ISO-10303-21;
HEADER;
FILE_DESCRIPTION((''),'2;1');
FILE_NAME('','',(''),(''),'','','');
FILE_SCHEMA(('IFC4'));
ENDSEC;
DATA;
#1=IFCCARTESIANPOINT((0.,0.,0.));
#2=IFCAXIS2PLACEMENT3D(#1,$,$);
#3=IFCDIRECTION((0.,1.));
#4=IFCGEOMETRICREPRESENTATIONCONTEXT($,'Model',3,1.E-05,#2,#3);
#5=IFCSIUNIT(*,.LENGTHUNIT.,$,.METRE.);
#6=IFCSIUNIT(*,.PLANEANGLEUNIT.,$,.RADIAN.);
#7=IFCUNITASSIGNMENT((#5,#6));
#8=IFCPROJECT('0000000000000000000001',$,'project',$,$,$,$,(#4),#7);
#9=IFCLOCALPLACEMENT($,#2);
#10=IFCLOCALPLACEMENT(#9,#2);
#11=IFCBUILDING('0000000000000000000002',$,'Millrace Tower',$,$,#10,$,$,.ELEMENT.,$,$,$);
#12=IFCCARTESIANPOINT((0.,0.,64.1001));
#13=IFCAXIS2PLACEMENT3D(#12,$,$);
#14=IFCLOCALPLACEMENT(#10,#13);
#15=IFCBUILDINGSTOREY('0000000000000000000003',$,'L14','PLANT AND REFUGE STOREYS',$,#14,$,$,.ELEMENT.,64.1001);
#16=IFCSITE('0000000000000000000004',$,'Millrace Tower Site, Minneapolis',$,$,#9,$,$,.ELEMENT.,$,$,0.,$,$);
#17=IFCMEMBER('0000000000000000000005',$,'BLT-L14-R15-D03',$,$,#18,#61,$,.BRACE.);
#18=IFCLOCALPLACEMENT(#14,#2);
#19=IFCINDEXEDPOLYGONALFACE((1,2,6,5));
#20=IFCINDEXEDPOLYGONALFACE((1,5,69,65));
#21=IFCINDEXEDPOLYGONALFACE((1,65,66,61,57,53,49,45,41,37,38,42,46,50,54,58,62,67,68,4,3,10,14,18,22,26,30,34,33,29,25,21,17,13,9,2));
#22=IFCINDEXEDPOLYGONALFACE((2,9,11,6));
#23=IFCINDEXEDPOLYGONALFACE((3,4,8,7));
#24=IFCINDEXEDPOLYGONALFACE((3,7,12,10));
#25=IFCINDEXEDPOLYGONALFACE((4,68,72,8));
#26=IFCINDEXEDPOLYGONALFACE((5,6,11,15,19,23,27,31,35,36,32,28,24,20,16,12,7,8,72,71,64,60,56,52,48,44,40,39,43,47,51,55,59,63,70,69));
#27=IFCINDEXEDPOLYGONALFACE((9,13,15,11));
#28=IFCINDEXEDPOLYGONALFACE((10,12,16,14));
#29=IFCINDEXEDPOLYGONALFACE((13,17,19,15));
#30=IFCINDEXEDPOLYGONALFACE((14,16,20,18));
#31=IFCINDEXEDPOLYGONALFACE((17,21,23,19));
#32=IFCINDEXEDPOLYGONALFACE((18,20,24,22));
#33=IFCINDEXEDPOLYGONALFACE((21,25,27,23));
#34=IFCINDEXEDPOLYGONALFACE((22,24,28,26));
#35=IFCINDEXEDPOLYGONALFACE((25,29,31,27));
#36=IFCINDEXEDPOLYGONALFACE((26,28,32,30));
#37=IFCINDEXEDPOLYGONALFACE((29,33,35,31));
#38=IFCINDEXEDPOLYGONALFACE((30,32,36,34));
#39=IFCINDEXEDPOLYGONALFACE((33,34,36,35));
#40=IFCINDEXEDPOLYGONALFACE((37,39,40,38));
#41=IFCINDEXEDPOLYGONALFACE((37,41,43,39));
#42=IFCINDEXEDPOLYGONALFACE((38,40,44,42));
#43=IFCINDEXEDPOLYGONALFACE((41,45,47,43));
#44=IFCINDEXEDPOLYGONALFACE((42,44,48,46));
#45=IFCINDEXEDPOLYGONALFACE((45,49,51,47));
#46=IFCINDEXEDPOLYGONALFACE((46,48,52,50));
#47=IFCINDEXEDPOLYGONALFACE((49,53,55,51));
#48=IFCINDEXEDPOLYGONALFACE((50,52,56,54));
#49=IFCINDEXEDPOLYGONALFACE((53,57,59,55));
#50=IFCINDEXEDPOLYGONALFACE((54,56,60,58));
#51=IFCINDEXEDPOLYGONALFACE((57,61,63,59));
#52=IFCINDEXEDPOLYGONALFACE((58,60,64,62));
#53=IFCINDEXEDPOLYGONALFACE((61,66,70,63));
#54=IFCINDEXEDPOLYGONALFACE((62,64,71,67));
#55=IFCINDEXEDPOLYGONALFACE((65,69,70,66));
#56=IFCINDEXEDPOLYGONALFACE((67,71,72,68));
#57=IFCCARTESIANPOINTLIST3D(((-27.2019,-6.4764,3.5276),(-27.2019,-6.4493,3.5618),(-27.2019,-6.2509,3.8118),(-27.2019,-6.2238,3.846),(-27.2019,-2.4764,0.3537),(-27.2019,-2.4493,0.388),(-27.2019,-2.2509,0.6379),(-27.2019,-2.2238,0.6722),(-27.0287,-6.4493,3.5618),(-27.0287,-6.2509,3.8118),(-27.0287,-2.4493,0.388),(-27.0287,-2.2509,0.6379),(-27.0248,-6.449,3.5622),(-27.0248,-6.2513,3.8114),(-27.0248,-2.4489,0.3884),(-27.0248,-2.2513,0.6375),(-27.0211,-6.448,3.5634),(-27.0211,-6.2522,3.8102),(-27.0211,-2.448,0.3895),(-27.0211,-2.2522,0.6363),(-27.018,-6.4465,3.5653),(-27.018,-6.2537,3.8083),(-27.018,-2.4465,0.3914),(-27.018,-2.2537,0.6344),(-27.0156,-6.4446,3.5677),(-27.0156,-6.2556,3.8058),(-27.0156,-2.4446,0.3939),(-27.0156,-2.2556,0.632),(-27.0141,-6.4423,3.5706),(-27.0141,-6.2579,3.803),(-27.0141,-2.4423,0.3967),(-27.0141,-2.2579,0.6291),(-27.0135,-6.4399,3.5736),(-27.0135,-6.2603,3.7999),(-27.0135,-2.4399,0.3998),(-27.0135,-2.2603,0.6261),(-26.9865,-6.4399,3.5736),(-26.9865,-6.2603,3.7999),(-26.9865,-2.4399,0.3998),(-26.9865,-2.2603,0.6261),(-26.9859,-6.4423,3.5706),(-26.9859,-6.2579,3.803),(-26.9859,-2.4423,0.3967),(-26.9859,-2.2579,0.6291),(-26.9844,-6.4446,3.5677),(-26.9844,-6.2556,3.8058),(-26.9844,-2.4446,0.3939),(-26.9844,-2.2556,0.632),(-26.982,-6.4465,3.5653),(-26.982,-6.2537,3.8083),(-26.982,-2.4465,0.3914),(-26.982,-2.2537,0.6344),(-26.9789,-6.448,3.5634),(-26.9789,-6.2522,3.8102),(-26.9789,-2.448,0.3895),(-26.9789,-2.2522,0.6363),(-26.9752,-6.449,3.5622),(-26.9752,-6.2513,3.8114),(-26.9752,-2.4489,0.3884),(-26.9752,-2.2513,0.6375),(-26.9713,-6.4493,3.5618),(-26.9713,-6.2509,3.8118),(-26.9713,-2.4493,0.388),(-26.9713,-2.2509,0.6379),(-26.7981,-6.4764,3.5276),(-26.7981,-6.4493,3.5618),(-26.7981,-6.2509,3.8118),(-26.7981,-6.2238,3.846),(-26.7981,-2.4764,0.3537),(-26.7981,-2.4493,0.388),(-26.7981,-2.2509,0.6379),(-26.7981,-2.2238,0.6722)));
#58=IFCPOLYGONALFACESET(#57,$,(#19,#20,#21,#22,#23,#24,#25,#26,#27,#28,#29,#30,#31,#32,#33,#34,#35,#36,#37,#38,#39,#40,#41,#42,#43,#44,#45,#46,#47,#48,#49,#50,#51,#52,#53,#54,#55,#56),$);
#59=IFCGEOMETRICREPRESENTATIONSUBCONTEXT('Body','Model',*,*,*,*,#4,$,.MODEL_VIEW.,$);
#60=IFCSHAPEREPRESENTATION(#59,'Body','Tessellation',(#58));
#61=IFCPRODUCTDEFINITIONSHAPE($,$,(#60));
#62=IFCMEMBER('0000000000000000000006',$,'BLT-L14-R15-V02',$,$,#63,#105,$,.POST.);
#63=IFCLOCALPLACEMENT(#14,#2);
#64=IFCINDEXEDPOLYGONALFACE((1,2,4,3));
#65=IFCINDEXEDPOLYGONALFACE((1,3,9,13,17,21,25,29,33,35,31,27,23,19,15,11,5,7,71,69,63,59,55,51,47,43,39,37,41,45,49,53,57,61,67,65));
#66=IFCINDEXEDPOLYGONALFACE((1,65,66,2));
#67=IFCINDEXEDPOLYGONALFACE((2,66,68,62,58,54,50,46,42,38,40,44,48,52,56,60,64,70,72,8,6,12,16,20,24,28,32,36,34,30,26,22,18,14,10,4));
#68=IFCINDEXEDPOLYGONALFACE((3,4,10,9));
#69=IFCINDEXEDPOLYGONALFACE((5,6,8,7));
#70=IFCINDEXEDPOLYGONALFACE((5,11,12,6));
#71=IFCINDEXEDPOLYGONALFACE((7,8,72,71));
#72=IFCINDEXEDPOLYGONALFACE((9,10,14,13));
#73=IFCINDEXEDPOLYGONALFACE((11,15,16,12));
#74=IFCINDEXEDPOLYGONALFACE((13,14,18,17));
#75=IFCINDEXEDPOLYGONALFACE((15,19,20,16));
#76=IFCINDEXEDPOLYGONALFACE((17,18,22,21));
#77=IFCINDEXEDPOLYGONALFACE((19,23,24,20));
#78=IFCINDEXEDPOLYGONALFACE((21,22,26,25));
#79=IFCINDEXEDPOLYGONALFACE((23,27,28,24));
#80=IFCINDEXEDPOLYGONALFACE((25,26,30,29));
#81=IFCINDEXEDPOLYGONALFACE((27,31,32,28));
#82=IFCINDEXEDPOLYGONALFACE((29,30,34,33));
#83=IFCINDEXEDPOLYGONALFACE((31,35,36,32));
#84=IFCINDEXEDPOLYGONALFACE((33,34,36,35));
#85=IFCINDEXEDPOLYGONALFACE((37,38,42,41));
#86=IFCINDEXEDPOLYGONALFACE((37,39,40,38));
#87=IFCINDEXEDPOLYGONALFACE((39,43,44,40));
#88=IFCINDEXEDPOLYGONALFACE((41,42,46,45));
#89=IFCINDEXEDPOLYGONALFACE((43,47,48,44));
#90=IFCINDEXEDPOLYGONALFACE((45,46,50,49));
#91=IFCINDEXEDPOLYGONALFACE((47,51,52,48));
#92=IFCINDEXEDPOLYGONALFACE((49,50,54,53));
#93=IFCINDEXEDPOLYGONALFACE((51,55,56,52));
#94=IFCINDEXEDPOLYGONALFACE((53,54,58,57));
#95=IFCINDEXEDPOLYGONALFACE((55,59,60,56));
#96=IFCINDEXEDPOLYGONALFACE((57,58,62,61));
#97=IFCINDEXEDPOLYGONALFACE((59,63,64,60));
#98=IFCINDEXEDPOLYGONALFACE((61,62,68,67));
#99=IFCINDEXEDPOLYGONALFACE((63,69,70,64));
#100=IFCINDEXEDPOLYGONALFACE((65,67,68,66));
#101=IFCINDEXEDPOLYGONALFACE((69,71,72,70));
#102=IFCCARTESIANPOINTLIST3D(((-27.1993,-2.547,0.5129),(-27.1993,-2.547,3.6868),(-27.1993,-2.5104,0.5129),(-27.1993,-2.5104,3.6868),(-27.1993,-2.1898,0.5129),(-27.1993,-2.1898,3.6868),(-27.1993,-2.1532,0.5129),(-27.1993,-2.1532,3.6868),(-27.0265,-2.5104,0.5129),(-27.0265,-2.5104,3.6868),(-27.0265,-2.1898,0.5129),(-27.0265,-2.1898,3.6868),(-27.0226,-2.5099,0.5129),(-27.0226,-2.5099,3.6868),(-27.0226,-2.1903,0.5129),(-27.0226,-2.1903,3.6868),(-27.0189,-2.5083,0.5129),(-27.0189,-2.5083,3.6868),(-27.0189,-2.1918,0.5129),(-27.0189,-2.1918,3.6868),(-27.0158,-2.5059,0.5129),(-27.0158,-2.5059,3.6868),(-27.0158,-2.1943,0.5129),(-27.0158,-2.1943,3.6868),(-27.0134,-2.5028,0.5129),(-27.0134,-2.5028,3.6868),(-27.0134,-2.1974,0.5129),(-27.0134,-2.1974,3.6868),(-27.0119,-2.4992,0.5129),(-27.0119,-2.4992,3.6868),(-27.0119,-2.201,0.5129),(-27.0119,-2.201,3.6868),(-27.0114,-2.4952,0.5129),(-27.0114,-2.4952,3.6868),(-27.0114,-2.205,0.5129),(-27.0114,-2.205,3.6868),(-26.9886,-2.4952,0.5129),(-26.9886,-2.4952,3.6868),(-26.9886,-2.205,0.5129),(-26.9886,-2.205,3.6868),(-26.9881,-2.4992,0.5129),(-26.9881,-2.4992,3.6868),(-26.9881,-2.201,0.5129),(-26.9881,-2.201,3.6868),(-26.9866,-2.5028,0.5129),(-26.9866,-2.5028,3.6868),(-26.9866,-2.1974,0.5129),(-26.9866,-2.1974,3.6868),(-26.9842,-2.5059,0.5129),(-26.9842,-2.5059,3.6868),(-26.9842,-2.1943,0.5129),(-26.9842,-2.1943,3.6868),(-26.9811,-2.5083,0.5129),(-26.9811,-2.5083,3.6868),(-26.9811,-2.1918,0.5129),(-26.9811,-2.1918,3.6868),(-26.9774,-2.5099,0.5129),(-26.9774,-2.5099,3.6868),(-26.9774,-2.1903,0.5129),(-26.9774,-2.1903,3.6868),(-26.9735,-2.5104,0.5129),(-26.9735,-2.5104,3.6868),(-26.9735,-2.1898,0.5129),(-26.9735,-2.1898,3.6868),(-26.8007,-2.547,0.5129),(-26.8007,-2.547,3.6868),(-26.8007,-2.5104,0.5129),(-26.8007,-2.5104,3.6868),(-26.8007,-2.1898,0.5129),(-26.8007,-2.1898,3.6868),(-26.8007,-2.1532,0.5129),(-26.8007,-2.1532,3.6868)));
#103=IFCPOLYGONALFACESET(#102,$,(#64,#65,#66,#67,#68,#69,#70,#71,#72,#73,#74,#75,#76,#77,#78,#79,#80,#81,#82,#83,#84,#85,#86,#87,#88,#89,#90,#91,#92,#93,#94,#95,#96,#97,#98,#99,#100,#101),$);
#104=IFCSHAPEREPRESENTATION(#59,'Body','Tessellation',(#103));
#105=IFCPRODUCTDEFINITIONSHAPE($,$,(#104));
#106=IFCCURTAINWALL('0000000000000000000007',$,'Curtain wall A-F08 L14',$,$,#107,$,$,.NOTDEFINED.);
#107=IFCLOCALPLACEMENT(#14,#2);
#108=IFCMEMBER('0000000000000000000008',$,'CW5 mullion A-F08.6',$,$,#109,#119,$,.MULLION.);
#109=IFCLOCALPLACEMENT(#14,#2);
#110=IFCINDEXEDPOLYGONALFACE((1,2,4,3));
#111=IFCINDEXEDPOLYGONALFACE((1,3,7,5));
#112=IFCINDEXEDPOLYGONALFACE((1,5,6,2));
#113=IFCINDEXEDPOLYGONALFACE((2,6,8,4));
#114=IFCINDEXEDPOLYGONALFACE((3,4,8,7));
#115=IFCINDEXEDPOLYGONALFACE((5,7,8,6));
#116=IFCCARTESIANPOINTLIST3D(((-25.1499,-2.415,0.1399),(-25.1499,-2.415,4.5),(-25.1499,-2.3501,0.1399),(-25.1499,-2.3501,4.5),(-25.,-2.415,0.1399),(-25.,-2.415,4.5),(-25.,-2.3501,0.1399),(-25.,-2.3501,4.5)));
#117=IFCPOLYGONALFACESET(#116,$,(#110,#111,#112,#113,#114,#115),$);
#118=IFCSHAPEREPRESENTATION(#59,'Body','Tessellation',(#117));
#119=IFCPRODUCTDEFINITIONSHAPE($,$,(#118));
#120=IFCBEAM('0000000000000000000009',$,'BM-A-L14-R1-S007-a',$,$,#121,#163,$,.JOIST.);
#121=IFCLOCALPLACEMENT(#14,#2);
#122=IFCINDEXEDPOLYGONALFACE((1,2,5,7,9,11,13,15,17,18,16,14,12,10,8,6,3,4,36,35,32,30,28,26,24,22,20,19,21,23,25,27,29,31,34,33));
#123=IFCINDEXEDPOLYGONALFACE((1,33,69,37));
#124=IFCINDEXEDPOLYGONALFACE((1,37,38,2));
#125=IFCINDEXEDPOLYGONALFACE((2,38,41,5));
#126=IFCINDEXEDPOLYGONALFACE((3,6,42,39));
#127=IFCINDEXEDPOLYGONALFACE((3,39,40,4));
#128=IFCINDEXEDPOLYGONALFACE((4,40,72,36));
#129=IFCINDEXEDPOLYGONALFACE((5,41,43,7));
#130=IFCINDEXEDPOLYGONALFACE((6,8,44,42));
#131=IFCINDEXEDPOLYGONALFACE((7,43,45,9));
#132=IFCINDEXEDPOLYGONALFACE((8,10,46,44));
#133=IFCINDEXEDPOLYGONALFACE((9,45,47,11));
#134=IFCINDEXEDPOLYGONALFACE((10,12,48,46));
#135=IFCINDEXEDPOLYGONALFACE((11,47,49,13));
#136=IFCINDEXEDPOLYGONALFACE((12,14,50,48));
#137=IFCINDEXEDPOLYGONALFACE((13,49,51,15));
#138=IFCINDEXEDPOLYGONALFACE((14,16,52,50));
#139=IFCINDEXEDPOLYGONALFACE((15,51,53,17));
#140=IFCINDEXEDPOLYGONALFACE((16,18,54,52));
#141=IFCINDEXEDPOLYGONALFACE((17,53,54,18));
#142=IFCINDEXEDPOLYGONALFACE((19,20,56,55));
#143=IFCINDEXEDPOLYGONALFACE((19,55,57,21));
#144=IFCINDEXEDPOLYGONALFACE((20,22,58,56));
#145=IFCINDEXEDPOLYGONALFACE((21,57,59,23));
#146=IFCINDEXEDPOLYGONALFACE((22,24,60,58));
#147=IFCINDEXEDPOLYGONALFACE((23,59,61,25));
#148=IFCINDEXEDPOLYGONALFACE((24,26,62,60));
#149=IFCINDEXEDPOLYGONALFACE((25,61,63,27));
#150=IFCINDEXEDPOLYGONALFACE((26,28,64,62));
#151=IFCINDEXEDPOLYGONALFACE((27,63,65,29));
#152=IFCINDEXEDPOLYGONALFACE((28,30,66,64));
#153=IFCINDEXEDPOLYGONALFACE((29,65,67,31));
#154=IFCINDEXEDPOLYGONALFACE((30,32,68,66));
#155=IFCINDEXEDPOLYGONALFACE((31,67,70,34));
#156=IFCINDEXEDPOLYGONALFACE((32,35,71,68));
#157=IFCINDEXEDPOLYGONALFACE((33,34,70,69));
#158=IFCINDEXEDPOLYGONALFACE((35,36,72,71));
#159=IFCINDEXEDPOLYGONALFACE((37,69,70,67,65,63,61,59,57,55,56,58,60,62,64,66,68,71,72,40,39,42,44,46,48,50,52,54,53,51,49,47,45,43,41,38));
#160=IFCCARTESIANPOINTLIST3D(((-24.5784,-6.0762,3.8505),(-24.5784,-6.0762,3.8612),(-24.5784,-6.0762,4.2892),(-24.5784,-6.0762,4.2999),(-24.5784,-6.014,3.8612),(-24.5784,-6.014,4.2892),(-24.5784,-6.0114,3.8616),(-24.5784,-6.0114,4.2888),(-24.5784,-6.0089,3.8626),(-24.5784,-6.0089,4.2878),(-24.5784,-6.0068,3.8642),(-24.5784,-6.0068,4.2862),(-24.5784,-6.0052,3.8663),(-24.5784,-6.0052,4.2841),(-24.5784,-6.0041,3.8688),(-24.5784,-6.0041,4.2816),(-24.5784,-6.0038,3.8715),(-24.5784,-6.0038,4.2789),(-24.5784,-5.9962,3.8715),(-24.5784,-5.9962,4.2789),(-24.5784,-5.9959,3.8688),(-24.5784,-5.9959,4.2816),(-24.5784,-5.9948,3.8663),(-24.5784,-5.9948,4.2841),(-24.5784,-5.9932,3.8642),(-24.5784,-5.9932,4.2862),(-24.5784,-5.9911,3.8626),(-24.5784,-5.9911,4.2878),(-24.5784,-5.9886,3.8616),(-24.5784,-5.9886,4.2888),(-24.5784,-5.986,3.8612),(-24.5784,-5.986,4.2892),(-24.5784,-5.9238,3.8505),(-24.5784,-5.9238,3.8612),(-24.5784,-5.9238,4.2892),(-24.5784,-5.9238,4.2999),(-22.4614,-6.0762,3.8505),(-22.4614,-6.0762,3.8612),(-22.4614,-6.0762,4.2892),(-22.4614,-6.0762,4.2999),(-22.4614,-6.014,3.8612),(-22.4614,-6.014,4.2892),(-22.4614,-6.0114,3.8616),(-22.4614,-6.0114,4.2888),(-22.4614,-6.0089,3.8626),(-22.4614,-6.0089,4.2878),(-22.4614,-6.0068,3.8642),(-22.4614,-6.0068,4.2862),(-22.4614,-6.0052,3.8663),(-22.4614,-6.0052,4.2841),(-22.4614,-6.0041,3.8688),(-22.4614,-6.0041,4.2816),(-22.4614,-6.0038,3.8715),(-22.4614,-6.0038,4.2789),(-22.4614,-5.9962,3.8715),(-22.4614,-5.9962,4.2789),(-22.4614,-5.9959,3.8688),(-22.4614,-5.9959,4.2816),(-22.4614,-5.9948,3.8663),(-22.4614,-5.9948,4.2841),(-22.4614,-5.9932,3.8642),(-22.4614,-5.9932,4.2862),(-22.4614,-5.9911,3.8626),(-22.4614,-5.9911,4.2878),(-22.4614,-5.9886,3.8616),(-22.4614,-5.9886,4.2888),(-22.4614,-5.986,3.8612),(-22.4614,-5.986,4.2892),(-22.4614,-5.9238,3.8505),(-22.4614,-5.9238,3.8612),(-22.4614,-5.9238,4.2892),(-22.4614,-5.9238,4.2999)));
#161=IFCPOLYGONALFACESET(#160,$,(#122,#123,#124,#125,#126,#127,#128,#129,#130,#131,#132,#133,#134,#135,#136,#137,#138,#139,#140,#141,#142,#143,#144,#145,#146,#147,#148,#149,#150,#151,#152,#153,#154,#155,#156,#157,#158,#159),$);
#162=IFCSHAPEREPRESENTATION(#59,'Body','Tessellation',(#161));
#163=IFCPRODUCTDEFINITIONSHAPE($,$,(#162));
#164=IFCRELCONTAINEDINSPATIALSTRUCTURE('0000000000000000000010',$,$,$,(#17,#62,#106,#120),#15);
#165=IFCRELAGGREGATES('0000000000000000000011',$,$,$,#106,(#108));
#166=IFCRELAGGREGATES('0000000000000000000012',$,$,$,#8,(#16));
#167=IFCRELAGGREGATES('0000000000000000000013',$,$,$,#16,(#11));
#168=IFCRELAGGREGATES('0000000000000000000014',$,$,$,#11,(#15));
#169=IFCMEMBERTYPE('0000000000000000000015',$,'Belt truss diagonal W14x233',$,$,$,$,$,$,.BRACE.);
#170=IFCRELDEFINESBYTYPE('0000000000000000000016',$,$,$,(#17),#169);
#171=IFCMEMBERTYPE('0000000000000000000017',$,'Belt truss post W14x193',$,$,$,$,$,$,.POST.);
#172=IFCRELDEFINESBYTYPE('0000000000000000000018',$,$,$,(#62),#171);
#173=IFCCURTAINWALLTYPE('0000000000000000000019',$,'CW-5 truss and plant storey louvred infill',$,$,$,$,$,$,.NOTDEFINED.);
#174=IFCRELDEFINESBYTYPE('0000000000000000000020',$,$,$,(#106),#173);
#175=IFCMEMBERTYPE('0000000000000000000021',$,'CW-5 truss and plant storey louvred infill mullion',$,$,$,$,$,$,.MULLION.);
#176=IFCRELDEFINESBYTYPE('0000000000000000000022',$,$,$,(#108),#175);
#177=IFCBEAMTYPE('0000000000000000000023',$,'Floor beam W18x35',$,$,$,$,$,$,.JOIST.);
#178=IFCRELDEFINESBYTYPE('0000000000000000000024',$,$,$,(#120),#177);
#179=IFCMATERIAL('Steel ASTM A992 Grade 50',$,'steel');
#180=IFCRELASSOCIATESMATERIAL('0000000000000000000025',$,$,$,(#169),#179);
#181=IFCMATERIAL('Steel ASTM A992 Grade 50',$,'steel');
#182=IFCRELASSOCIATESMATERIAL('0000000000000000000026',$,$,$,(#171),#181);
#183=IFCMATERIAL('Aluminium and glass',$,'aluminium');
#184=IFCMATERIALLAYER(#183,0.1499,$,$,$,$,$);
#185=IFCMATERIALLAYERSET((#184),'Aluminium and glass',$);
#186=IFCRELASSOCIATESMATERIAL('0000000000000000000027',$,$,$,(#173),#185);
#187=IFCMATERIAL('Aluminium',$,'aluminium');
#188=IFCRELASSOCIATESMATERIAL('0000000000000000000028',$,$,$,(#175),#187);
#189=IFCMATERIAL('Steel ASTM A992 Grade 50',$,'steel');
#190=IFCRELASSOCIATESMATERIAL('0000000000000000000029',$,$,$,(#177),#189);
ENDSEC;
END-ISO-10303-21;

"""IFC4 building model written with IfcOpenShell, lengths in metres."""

from ifc_helpers import new_model, si_unit, direction, frame, origin, origin_2d, place, context, subcontext, project, spatial, rectangle, i_section, extrude, material, layer, layer_set, material_profile, profile_set, type_object, element, aggregate, save


model = new_model("IFC4")

# Units and contexts
model_context = context("Model", 3, precision=1e-05, world=origin(), true_north=direction((0.0, 1.0)))
body_context = subcontext(model_context, "Body", "Model", "MODEL_VIEW")
ifc_project = project(units=[si_unit("LENGTHUNIT", "METRE"), si_unit("PLANEANGLEUNIT", "RADIAN")], contexts=[model_context])

# Site, building, storey
site_placement = place(None, origin())
site = spatial("IfcSite", under=ifc_project, at=site_placement, Name="Millrace Tower Site, Minneapolis", CompositionType="ELEMENT", RefElevation=0.0)
building_placement = place(site_placement, origin())
building = spatial("IfcBuilding", under=site, at=building_placement, Name="Millrace Tower", CompositionType="ELEMENT")
storey_placement = place(building_placement, frame((0.0, 0.0, 64.1001)))
storey = spatial("IfcBuildingStorey", under=building, at=storey_placement, Name="L14", Description="PLANT AND REFUGE STOREYS", CompositionType="ELEMENT", Elevation=64.1001)

# Members
ifc_material_1 = material(Name="Steel ASTM A992 Grade 50", Category="steel")
ifc_material_profile_1 = material_profile(ifc_material_1, i_section(OverallWidth=0.4038, OverallDepth=0.4065, WebThickness=0.0271, FlangeThickness=0.0437, FilletRadius=0.0151, at=origin_2d()))
ifc_profile_set_1 = profile_set([ifc_material_profile_1], Name="Steel ASTM A992 Grade 50")
member_type_1 = type_object("IfcMemberType", Name="Belt truss diagonal W14x233", PredefinedType="BRACE", material=ifc_profile_set_1)
member_1_placement = place(storey_placement, frame((-27.0, -2.3501, 0.5129), z_axis=(0.0, -0.783363, 0.621565), x_axis=(1.0, 0.0, 0.0)))
element("IfcMember", 1, at=member_1_placement, inside=storey, type_object=member_type_1, Name="BLT-L14-R15-D03", PredefinedType="BRACE", context=body_context, shape_type="SweptSolid", body=[
    extrude(i_section(OverallWidth=0.4038, OverallDepth=0.4065, WebThickness=0.0271, FlangeThickness=0.0437, FilletRadius=0.0151, at=origin_2d()), origin(), (0.0, 0.0, 1.0), 5.1062),
])
ifc_material_2 = material(Name="Steel ASTM A992 Grade 50", Category="steel")
ifc_material_profile_2 = material_profile(ifc_material_2, i_section(OverallWidth=0.3987, OverallDepth=0.3938, WebThickness=0.0227, FlangeThickness=0.0366, FilletRadius=0.0151, at=origin_2d()))
ifc_profile_set_2 = profile_set([ifc_material_profile_2], Name="Steel ASTM A992 Grade 50")
member_type_2 = type_object("IfcMemberType", Name="Belt truss post W14x193", PredefinedType="POST", material=ifc_profile_set_2)
member_2_placement = place(storey_placement, frame((-27.0, -2.3501, 0.5129), z_axis=(0.0, 0.0, 1.0), x_axis=(1.0, 0.0, 0.0)))
element("IfcMember", 2, at=member_2_placement, inside=storey, type_object=member_type_2, Name="BLT-L14-R15-V02", PredefinedType="POST", context=body_context, shape_type="SweptSolid", body=[
    extrude(i_section(OverallWidth=0.3987, OverallDepth=0.3938, WebThickness=0.0227, FlangeThickness=0.0366, FilletRadius=0.0151, at=origin_2d()), origin(), (0.0, 0.0, 1.0), 3.1738),
])

# Curtain wall, member
ifc_material_3 = material(Name="Aluminium and glass", Category="aluminium")
ifc_layer_1 = layer(ifc_material_3, 0.1499)
ifc_layer_set_1 = layer_set([ifc_layer_1], Name="Aluminium and glass")
curtain_wall_type = type_object("IfcCurtainWallType", Name="CW-5 truss and plant storey louvred infill", PredefinedType="NOTDEFINED", material=ifc_layer_set_1)
curtain_wall_placement = place(storey_placement, origin())
curtain_wall = element("IfcCurtainWall", 3, at=curtain_wall_placement, inside=storey, type_object=curtain_wall_type, Name="Curtain wall A-F08 L14", PredefinedType="NOTDEFINED")
ifc_material_4 = material(Name="Aluminium", Category="aluminium")
ifc_material_profile_3 = material_profile(ifc_material_4, rectangle(XDim=0.0649, YDim=0.1499, at=origin_2d()))
ifc_profile_set_3 = profile_set([ifc_material_profile_3], Name="Aluminium")
member_type_3 = type_object("IfcMemberType", Name="CW-5 truss and plant storey louvred infill mullion", PredefinedType="MULLION", material=ifc_profile_set_3)
member_3_placement = place(storey_placement, frame((-25.075, -2.3826, 0.1399), z_axis=(0.0, 0.0, 1.0), x_axis=(0.0, -1.0, 0.0)))
member_3 = element("IfcMember", 4, at=member_3_placement, type_object=member_type_3, Name="CW5 mullion A-F08.6", PredefinedType="MULLION", context=body_context, shape_type="SweptSolid", body=[
    extrude(rectangle(XDim=0.0649, YDim=0.1499, at=origin_2d()), origin(), (0.0, 0.0, 1.0), 4.3601),
])
aggregate(curtain_wall, [member_3])

# Beam
ifc_material_5 = material(Name="Steel ASTM A992 Grade 50", Category="steel")
ifc_material_profile_4 = material_profile(ifc_material_5, i_section(OverallWidth=0.1523, OverallDepth=0.4495, WebThickness=0.0076, FlangeThickness=0.0107, FilletRadius=0.0103, at=origin_2d()))
ifc_profile_set_4 = profile_set([ifc_material_profile_4], Name="Steel ASTM A992 Grade 50")
beam_type_1 = type_object("IfcBeamType", Name="Floor beam W18x35", PredefinedType="JOIST", material=ifc_profile_set_4)
beam_1_placement = place(storey_placement, frame((-24.5784, -6.0, 4.0752), z_axis=(1.0, 0.0, 0.0), x_axis=(0.0, 1.0, 0.0)))
element("IfcBeam", 5, at=beam_1_placement, inside=storey, type_object=beam_type_1, Name="BM-A-L14-R1-S007-a", PredefinedType="JOIST", context=body_context, shape_type="SweptSolid", body=[
    extrude(i_section(OverallWidth=0.1523, OverallDepth=0.4495, WebThickness=0.0076, FlangeThickness=0.0107, FilletRadius=0.0103, at=origin_2d()), origin(), (0.0, 0.0, 1.0), 2.1169),
])

save(model, "model.ifc")
